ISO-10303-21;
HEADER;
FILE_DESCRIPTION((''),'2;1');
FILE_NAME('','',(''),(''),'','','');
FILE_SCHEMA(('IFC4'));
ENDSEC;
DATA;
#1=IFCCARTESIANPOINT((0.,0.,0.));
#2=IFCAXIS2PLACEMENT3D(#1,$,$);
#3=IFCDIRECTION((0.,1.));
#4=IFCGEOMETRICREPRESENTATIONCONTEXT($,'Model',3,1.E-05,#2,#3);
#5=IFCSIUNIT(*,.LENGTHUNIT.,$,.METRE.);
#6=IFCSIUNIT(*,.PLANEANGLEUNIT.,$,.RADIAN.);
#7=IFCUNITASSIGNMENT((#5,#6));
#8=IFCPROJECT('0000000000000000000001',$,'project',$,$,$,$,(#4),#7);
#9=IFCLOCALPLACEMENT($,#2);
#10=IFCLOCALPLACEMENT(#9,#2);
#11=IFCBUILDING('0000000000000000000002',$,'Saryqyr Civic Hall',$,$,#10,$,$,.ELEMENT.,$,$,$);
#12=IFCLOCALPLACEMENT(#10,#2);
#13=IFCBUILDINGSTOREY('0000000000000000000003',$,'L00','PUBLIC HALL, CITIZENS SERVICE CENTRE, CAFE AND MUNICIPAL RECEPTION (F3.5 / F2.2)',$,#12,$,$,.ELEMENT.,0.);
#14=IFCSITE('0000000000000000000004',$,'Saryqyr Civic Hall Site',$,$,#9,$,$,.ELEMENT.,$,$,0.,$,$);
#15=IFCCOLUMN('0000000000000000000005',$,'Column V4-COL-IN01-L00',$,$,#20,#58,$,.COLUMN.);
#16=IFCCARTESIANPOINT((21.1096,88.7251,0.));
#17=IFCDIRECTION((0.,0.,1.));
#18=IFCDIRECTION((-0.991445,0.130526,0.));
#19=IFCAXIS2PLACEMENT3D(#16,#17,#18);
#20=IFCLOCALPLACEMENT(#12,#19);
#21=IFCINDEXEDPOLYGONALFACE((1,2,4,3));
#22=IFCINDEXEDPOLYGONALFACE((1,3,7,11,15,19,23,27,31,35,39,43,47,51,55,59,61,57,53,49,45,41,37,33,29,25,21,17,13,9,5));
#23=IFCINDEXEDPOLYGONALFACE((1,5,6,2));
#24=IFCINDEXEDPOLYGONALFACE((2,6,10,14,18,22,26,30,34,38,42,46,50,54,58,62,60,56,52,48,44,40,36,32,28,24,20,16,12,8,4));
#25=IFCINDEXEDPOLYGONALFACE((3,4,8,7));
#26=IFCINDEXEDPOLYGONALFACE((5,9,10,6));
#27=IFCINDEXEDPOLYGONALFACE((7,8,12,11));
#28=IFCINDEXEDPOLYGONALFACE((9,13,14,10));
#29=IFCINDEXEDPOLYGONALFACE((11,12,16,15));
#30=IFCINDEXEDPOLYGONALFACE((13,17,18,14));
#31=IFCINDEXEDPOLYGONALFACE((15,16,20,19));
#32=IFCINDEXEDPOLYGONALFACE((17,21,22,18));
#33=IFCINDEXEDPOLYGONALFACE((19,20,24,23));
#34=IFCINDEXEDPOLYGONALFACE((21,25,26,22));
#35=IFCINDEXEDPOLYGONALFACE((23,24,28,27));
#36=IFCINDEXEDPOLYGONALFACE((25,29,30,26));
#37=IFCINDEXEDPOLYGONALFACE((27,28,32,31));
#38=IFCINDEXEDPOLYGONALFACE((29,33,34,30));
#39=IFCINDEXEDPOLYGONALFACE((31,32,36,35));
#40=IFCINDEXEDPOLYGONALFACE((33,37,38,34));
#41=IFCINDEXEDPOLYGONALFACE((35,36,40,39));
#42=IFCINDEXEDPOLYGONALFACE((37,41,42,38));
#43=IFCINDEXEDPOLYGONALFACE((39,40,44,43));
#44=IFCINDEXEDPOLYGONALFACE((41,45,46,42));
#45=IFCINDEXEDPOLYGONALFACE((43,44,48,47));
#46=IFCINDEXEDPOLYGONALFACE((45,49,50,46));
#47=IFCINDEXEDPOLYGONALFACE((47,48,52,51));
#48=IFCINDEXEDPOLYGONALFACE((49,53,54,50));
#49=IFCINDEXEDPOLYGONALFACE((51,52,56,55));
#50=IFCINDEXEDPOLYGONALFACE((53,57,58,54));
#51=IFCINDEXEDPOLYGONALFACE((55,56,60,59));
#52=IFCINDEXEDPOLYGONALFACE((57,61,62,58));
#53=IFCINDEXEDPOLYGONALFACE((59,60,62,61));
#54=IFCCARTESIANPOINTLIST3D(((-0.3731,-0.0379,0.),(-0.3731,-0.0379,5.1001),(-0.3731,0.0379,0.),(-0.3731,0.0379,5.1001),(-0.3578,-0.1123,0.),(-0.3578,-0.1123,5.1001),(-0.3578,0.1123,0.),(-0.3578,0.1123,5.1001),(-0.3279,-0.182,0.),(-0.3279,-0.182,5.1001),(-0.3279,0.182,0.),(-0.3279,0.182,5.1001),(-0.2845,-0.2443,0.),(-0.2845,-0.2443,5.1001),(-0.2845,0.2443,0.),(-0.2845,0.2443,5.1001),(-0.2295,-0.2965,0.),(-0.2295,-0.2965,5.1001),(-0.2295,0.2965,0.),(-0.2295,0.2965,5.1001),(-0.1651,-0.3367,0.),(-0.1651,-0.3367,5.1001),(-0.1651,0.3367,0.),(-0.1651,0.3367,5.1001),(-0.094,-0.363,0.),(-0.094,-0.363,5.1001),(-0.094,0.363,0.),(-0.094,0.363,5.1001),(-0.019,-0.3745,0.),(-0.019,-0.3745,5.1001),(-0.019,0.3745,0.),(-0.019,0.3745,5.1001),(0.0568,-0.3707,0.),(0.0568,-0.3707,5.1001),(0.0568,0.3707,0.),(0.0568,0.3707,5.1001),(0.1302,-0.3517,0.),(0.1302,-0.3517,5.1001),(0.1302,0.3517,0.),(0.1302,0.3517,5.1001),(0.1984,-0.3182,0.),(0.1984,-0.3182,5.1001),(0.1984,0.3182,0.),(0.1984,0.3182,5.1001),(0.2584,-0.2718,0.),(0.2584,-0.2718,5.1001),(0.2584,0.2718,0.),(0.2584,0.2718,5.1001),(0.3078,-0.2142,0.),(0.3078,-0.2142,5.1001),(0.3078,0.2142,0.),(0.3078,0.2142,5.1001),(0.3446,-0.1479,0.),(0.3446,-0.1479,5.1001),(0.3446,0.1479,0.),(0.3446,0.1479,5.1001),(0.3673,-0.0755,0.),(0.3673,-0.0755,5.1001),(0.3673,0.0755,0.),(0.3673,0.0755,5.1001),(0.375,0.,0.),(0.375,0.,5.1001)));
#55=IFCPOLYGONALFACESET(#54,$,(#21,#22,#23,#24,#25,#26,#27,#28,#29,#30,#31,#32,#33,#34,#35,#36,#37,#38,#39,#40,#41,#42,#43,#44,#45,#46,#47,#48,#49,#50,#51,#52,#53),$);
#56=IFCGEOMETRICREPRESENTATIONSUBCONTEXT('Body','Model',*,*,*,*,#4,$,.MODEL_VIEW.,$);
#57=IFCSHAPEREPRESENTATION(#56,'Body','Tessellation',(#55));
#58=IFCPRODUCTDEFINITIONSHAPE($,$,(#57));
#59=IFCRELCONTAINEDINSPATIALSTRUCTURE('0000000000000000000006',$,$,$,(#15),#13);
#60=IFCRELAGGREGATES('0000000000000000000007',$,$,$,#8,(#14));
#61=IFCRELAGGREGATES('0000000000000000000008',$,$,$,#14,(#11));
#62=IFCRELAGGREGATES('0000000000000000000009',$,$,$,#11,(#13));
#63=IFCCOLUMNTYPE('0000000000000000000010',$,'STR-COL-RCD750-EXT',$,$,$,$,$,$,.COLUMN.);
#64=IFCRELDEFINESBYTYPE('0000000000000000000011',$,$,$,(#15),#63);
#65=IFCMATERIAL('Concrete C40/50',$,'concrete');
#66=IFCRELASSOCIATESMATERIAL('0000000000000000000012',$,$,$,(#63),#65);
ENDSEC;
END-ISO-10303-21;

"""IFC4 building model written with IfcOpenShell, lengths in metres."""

from ifc_helpers import new_model, si_unit, direction, frame, origin, origin_2d, place, context, subcontext, project, spatial, circle, extrude, material, material_profile, profile_set, type_object, element, save


model = new_model("IFC4")

# Units and contexts
model_context = context("Model", 3, precision=1e-05, world=origin(), true_north=direction((0.0, 1.0)))
body_context = subcontext(model_context, "Body", "Model", "MODEL_VIEW")
ifc_project = project(units=[si_unit("LENGTHUNIT", "METRE"), si_unit("PLANEANGLEUNIT", "RADIAN")], contexts=[model_context])

# Site, building, storey
site_placement = place(None, origin())
site = spatial("IfcSite", under=ifc_project, at=site_placement, Name="Saryqyr Civic Hall Site", CompositionType="ELEMENT", RefElevation=0.0)
building_placement = place(site_placement, origin())
building = spatial("IfcBuilding", under=site, at=building_placement, Name="Saryqyr Civic Hall", CompositionType="ELEMENT")
storey_placement = place(building_placement, origin())
storey = spatial("IfcBuildingStorey", under=building, at=storey_placement, Name="L00", Description="PUBLIC HALL, CITIZENS SERVICE CENTRE, CAFE AND MUNICIPAL RECEPTION (F3.5 / F2.2)", CompositionType="ELEMENT", Elevation=0.0)

# Column
ifc_material_1 = material(Name="Concrete C40/50", Category="concrete")
ifc_material_profile_1 = material_profile(ifc_material_1, circle(Radius=0.375, at=origin_2d()), Name="RC D750")
ifc_profile_set_1 = profile_set([ifc_material_profile_1], Name="Concrete C40/50")
column_type_1 = type_object("IfcColumnType", Name="STR-COL-RCD750-EXT", PredefinedType="COLUMN", material=ifc_profile_set_1)
for number, where, z_axis, x_axis, name in (
    (1, (21.1096, 88.7251, 0.0), (0.0, 0.0, 1.0), (-0.991445, 0.130526, 0.0), "Column V4-COL-IN01-L00"),
):
    element("IfcColumn", number, at=place(storey_placement, frame(where, z_axis=z_axis, x_axis=x_axis)), inside=storey, type_object=column_type_1, Name=name, PredefinedType="COLUMN", context=body_context, shape_type="SweptSolid", body=[
        extrude(circle(Radius=0.375, at=origin_2d()), origin(), (0.0, 0.0, 1.0), 5.1001),
    ])

save(model, "model.ifc")
